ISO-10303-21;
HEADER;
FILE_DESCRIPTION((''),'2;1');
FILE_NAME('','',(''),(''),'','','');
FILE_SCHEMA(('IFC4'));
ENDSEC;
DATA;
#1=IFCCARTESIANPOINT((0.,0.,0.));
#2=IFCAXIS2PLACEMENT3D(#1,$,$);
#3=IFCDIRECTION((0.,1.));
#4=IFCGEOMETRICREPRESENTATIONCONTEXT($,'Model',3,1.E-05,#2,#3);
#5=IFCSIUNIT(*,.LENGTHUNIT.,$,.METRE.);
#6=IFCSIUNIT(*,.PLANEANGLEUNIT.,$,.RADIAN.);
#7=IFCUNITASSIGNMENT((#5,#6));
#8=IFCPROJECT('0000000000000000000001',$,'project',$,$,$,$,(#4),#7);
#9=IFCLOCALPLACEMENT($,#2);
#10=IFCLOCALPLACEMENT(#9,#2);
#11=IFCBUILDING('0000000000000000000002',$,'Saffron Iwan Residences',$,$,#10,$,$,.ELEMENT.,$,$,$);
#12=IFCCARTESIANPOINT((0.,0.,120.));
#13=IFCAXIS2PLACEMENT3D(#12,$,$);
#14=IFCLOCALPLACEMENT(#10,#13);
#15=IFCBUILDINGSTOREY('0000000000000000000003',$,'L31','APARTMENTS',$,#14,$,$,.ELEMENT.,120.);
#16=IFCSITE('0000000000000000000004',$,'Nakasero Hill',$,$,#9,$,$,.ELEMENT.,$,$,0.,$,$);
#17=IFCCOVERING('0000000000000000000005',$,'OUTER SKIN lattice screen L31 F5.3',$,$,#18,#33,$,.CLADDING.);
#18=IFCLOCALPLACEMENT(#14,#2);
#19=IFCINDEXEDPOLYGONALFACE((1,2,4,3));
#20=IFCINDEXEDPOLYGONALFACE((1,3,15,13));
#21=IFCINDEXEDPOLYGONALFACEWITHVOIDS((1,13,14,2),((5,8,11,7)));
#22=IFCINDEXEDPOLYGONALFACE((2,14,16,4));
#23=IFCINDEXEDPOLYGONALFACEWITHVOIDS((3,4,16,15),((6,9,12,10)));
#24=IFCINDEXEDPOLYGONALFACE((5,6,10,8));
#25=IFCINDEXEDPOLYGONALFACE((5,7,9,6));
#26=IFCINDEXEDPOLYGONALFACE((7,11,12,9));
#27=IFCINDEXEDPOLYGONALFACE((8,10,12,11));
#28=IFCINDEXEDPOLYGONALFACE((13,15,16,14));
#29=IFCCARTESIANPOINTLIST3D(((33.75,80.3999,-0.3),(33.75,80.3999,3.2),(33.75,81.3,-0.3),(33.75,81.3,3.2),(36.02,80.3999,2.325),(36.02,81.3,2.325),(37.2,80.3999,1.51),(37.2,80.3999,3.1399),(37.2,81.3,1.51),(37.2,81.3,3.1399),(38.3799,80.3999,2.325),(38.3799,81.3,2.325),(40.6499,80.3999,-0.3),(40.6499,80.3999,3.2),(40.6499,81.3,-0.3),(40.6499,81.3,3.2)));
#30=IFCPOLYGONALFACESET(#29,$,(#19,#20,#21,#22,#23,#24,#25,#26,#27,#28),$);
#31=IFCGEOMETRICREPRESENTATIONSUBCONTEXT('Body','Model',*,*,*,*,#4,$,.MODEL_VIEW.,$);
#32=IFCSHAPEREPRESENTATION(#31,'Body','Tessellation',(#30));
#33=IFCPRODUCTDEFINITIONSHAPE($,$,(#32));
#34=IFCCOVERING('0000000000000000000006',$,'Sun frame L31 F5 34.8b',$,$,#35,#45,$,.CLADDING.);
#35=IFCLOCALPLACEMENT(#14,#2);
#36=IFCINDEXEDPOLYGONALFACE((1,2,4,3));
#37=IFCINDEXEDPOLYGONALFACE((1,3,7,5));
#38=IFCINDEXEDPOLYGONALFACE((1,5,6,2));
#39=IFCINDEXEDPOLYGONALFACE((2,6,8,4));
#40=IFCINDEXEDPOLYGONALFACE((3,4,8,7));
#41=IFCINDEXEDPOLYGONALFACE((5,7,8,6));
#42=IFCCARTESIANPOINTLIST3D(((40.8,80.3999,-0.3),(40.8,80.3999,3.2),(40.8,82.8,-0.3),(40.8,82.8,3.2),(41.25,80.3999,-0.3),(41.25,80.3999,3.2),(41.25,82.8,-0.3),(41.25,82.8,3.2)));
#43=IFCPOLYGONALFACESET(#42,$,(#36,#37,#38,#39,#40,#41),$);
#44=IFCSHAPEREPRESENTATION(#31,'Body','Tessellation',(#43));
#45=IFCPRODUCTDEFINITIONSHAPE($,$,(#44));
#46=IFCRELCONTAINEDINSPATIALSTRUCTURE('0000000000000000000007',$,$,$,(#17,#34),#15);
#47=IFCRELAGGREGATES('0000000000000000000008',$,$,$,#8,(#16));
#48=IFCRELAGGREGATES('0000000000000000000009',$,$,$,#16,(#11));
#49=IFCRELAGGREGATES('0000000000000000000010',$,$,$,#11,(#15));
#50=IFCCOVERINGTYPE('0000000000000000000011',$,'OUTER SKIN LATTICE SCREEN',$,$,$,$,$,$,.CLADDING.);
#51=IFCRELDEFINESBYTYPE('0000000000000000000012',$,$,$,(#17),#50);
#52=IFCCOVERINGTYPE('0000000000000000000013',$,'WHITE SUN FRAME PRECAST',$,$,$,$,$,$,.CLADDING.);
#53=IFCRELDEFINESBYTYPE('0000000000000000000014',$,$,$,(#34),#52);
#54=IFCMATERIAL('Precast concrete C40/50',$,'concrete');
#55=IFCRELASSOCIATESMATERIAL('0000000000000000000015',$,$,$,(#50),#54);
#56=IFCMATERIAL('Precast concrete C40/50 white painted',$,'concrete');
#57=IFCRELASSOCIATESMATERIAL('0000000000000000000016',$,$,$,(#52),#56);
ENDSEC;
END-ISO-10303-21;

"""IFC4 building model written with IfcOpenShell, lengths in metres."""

from ifc_helpers import new_model, si_unit, direction, frame, origin, place, context, subcontext, project, spatial, polyline, outline, extrude, material, type_object, element, save


model = new_model("IFC4")

# Units and contexts
model_context = context("Model", 3, precision=1e-05, world=origin(), true_north=direction((0.0, 1.0)))
body_context = subcontext(model_context, "Body", "Model", "MODEL_VIEW")
ifc_project = project(units=[si_unit("LENGTHUNIT", "METRE"), si_unit("PLANEANGLEUNIT", "RADIAN")], contexts=[model_context])

# Site, building, storey
site_placement = place(None, origin())
site = spatial("IfcSite", under=ifc_project, at=site_placement, Name="Nakasero Hill", CompositionType="ELEMENT", RefElevation=0.0)
building_placement = place(site_placement, origin())
building = spatial("IfcBuilding", under=site, at=building_placement, Name="Saffron Iwan Residences", CompositionType="ELEMENT")
storey_placement = place(building_placement, frame((0.0, 0.0, 120.0)))
storey = spatial("IfcBuildingStorey", under=building, at=storey_placement, Name="L31", Description="APARTMENTS", CompositionType="ELEMENT", Elevation=120.0)

# Coverings
ifc_material_1 = material(Name="Precast concrete C40/50", Category="concrete")
covering_type_1 = type_object("IfcCoveringType", Name="OUTER SKIN LATTICE SCREEN", PredefinedType="CLADDING", material=ifc_material_1)
covering_1_placement = place(storey_placement, frame((40.6499, 80.3999, -0.3), z_axis=(0.0, 1.0, 0.0), x_axis=(-1.0, 0.0, 0.0)))
element("IfcCovering", 1, at=covering_1_placement, inside=storey, type_object=covering_type_1, Name="OUTER SKIN lattice screen L31 F5.3", PredefinedType="CLADDING", context=body_context, shape_type="SweptSolid", body=[
    extrude(outline(polyline([(0.0, 0.0), (6.8999, 0.0), (6.8999, 3.5), (0.0, 3.5), (0.0, 0.0)]), holes=[polyline([(2.27, 2.625), (3.45, 1.8101), (4.6299, 2.625), (3.45, 3.4399), (2.27, 2.625)])]), origin(), (0.0, 0.0, 1.0), 0.9001),
])
ifc_material_2 = material(Name="Precast concrete C40/50 white painted", Category="concrete")
covering_type_2 = type_object("IfcCoveringType", Name="WHITE SUN FRAME PRECAST", PredefinedType="CLADDING", material=ifc_material_2)
covering_2_placement = place(storey_placement, frame((41.25, 80.3999, -0.3), z_axis=(0.0, 1.0, 0.0), x_axis=(-1.0, 0.0, 0.0)))
element("IfcCovering", 2, at=covering_2_placement, inside=storey, type_object=covering_type_2, Name="Sun frame L31 F5 34.8b", PredefinedType="CLADDING", context=body_context, shape_type="SweptSolid", body=[
    extrude(outline(polyline([(0.0, 0.0), (0.45, 0.0), (0.45, 3.5), (0.0, 3.5), (0.0, 0.0)])), origin(), (0.0, 0.0, 1.0), 2.4001),
])

save(model, "model.ifc")
